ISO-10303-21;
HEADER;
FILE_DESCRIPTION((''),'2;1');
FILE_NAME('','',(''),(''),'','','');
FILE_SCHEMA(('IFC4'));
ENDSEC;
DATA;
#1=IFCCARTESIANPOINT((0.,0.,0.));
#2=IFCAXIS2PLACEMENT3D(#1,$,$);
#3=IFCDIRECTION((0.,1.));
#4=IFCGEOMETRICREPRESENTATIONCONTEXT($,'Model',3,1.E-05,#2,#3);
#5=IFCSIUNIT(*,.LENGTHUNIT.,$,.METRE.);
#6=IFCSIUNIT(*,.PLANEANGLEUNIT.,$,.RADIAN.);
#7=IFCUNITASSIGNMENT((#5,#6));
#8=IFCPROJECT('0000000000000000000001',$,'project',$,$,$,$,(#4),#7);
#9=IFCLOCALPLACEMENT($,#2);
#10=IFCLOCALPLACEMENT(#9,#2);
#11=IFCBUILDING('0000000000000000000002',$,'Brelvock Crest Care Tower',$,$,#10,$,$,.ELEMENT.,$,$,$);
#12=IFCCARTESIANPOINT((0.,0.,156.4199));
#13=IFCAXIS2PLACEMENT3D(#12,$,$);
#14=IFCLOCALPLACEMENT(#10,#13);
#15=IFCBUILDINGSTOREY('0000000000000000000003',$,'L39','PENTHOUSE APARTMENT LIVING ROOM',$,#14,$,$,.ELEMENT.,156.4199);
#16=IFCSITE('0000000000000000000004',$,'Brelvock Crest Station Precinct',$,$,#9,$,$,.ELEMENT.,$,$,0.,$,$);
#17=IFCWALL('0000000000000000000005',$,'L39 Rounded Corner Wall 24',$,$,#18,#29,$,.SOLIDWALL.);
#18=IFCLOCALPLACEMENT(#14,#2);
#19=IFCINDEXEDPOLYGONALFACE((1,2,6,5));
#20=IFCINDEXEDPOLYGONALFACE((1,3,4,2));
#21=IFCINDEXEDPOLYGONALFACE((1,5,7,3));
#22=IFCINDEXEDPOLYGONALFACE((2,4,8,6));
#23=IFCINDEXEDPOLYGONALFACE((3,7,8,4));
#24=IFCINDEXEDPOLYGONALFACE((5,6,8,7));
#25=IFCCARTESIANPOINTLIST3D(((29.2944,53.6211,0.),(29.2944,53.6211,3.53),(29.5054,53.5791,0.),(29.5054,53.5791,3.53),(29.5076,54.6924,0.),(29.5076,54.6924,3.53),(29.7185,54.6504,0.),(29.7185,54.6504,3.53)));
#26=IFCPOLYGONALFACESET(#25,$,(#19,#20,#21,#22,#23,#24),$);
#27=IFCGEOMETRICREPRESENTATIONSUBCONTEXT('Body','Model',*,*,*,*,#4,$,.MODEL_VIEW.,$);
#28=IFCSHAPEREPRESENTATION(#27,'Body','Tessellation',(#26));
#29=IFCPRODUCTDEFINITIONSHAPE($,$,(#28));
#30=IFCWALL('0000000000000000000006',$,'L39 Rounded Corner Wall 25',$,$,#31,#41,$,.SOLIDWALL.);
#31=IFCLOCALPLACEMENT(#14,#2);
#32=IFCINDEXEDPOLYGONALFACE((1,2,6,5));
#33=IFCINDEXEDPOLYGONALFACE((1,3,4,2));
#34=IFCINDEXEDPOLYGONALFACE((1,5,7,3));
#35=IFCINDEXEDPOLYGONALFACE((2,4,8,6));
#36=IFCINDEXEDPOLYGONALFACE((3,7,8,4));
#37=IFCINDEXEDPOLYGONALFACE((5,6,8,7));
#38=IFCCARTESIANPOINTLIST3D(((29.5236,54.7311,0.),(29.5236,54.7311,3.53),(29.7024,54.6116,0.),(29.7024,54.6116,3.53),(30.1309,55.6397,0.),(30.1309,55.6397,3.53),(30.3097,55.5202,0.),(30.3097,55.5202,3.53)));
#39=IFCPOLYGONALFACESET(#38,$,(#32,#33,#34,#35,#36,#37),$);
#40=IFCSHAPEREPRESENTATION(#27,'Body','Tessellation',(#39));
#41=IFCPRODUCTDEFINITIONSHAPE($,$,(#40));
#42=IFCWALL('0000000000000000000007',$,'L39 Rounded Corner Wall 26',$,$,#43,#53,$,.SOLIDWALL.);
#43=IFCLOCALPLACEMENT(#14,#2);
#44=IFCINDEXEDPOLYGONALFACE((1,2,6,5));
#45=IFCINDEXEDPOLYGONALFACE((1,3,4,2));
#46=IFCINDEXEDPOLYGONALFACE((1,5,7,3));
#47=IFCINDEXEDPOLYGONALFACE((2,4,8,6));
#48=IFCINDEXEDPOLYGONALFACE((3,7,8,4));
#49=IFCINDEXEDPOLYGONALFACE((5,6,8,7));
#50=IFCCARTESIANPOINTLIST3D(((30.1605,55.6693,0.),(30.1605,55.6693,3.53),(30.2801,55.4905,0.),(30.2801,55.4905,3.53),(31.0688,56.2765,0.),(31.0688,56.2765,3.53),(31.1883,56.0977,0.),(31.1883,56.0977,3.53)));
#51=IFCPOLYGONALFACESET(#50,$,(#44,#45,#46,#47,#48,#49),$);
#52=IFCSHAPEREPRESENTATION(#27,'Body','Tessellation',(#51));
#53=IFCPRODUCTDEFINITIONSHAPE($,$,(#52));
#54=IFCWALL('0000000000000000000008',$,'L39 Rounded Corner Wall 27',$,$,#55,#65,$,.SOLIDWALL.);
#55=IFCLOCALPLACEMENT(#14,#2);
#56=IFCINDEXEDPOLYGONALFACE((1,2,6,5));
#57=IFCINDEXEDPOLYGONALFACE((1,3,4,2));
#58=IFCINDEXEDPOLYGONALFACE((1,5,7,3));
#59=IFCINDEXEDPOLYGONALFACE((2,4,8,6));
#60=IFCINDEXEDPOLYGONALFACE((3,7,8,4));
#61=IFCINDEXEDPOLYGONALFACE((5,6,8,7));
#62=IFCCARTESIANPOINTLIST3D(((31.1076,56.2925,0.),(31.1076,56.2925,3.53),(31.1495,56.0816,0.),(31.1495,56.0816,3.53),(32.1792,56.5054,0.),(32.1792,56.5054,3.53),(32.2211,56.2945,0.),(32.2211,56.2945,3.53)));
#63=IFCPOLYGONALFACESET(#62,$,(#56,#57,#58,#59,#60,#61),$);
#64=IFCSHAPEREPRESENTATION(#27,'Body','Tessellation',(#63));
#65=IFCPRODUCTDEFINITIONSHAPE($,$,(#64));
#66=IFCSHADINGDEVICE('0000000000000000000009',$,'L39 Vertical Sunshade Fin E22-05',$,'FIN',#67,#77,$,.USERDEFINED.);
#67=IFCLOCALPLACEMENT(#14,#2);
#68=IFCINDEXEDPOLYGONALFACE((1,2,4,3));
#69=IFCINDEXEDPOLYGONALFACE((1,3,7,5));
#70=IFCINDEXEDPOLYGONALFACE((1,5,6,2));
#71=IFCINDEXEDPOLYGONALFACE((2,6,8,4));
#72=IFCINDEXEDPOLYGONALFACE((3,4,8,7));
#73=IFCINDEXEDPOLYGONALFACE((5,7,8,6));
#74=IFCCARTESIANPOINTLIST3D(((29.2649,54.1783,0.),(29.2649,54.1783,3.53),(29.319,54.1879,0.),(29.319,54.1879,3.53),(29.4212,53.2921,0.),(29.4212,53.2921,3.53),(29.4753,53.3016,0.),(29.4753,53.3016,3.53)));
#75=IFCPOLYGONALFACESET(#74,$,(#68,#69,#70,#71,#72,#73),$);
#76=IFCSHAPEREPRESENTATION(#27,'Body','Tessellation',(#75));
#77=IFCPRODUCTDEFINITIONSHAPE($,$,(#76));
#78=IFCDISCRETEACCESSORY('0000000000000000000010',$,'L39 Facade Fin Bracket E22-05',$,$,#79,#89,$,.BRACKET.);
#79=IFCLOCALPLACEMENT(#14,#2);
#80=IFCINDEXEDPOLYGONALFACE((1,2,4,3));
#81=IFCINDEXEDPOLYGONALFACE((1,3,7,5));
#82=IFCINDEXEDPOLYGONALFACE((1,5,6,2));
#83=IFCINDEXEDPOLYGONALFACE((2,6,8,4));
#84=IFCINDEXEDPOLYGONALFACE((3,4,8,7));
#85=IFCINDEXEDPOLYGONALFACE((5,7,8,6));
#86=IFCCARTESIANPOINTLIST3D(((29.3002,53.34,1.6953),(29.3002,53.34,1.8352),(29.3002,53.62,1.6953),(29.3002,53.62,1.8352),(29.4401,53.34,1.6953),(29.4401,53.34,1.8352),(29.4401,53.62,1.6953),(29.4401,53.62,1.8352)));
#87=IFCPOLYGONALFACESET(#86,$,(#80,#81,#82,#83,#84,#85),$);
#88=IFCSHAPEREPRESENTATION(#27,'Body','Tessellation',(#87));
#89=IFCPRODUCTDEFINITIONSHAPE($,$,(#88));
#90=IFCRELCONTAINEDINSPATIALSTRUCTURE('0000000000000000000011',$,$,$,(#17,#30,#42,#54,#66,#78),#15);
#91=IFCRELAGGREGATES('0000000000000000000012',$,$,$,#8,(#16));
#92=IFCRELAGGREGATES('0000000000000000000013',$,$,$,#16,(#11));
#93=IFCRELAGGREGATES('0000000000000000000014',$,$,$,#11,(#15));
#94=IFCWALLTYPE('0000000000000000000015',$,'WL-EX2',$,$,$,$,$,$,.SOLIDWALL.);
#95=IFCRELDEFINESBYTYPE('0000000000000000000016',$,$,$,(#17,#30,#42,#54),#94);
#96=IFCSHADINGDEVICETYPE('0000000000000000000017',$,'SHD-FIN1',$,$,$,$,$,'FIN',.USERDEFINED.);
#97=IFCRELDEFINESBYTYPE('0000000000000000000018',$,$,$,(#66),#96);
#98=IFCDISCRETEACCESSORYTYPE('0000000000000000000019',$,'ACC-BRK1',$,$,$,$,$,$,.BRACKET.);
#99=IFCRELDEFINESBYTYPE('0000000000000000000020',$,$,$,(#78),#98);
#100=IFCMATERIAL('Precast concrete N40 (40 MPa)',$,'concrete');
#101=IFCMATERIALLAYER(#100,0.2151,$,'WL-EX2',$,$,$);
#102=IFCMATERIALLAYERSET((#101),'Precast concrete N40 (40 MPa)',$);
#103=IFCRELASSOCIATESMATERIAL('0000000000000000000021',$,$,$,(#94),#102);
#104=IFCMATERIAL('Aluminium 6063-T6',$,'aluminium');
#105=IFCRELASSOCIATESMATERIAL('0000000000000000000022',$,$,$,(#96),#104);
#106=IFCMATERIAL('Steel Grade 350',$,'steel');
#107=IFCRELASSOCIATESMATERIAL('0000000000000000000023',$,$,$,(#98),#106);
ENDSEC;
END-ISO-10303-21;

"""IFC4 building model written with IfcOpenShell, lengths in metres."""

from ifc_helpers import new_model, si_unit, direction, frame, frame_2d, origin, origin_2d, place, context, subcontext, project, spatial, rectangle, extrude, source, transform, mapped, material, layer, layer_set, material_profile, profile_set, type_object, element, save


model = new_model("IFC4")

# Units and contexts
model_context = context("Model", 3, precision=1e-05, world=origin(), true_north=direction((0.0, 1.0)))
body_context = subcontext(model_context, "Body", "Model", "MODEL_VIEW")
ifc_project = project(units=[si_unit("LENGTHUNIT", "METRE"), si_unit("PLANEANGLEUNIT", "RADIAN")], contexts=[model_context])

# Site, building, storey
site_placement = place(None, origin())
site = spatial("IfcSite", under=ifc_project, at=site_placement, Name="Brelvock Crest Station Precinct", CompositionType="ELEMENT", RefElevation=0.0)
building_placement = place(site_placement, origin())
building = spatial("IfcBuilding", under=site, at=building_placement, Name="Brelvock Crest Care Tower", CompositionType="ELEMENT")
storey_placement = place(building_placement, frame((0.0, 0.0, 156.4199)))
storey = spatial("IfcBuildingStorey", under=building, at=storey_placement, Name="L39", Description="PENTHOUSE APARTMENT LIVING ROOM", CompositionType="ELEMENT", Elevation=156.4199)

# Shared definitions
ifc_material_1 = material(Name="Steel Grade 350", Category="steel")

# Shared definitions
ifc_material_2 = material(Name="Aluminium 6063-T6", Category="aluminium")

# Walls
ifc_material_3 = material(Name="Precast concrete N40 (40 MPa)", Category="concrete")
ifc_layer_1 = layer(ifc_material_3, 0.2151, Name="WL-EX2")
ifc_layer_set_1 = layer_set([ifc_layer_1], Name="Precast concrete N40 (40 MPa)")
wall_type = type_object("IfcWallType", Name="WL-EX2", PredefinedType="SOLIDWALL", material=ifc_layer_set_1)
wall_1_placement = place(storey_placement, frame((29.3999, 53.6001, 0.0), z_axis=(0.0, 0.0, 1.0), x_axis=(0.195127, 0.980778, 0.0)))
element("IfcWall", 1, at=wall_1_placement, inside=storey, type_object=wall_type, Name="L39 Rounded Corner Wall 24", PredefinedType="SOLIDWALL", context=body_context, shape_type="SweptSolid", body=[
    extrude(rectangle(XDim=1.0923, YDim=0.2151, at=frame_2d((0.5461, 0.0))), origin(), (0.0, 0.0, 1.0), 3.53),
])
wall_2_placement = place(storey_placement, frame((29.613, 54.6714, 0.0), z_axis=(0.0, 0.0, 1.0), x_axis=(0.555679, 0.831397, 0.0)))
element("IfcWall", 2, at=wall_2_placement, inside=storey, type_object=wall_type, Name="L39 Rounded Corner Wall 25", PredefinedType="SOLIDWALL", context=body_context, shape_type="SweptSolid", body=[
    extrude(rectangle(XDim=1.0928, YDim=0.2151, at=frame_2d((0.5464, 0.0))), origin(), (0.0, 0.0, 1.0), 3.53),
])
for number, where, z_axis, x_axis, name in (
    (3, (30.2202, 55.5798, 0.0), (0.0, 0.0, 1.0), (0.831328, 0.555783, 0.0), "L39 Rounded Corner Wall 26"),
    (4, (31.1284, 56.187, 0.0), (0.0, 0.0, 1.0), (0.980829, 0.19487, 0.0), "L39 Rounded Corner Wall 27"),
):
    element("IfcWall", number, at=place(storey_placement, frame(where, z_axis=z_axis, x_axis=x_axis)), inside=storey, type_object=wall_type, Name=name, PredefinedType="SOLIDWALL", context=body_context, shape_type="SweptSolid", body=[
        extrude(rectangle(XDim=1.0925, YDim=0.2151, at=frame_2d((0.5464, 0.0))), origin(), (0.0, 0.0, 1.0), 3.53),
    ])

# Shading device
ifc_material_profile_1 = material_profile(ifc_material_2, rectangle(XDim=0.0549, YDim=0.8999, at=origin_2d()), Name="FIN55x900")
ifc_profile_set_1 = profile_set([ifc_material_profile_1], Name="Aluminium 6063-T6")
shading_device_type = type_object("IfcShadingDeviceType", Name="SHD-FIN1", ElementType="FIN", PredefinedType="USERDEFINED", material=ifc_profile_set_1)
shared_shape_1 = source(origin(), body_context, "Body", "SweptSolid", [
    extrude(rectangle(XDim=0.0549, YDim=0.8999, at=origin_2d()), origin(), (0.0, 0.0, 1.0), 3.53),
])
shading_device_placement = place(storey_placement, frame((29.3701, 53.74, 0.0), z_axis=(0.0, 0.0, 1.0), x_axis=(0.984808, 0.173648, 0.0)))
element("IfcShadingDevice", 5, at=shading_device_placement, inside=storey, type_object=shading_device_type, Name="L39 Vertical Sunshade Fin E22-05", ObjectType="FIN", PredefinedType="USERDEFINED", context=body_context, shape_type="MappedRepresentation", body=[
    mapped(shared_shape_1, transform((0.0, 0.0, 0.0), x_axis=(1.0, 0.0, 0.0), y_axis=(0.0, 1.0, 0.0), z_axis=(0.0, 0.0, 1.0), scale=1.0)),
])

# Discrete accessory
discrete_accessory_type = type_object("IfcDiscreteAccessoryType", Name="ACC-BRK1", PredefinedType="BRACKET", material=ifc_material_1)
shared_shape_2 = source(origin(), body_context, "Body", "SweptSolid", [
    extrude(rectangle(XDim=0.28, YDim=0.1399, at=origin_2d()), origin(), (0.0, 0.0, 1.0), 0.1399),
])
discrete_accessory_placement = place(storey_placement, frame((29.3701, 53.48, 1.6953), z_axis=(0.0, 0.0, 1.0), x_axis=(0.0, 1.0, 0.0)))
element("IfcDiscreteAccessory", 6, at=discrete_accessory_placement, inside=storey, type_object=discrete_accessory_type, Name="L39 Facade Fin Bracket E22-05", PredefinedType="BRACKET", context=body_context, shape_type="MappedRepresentation", body=[
    mapped(shared_shape_2, transform((0.0, 0.0, 0.0), x_axis=(1.0, 0.0, 0.0), y_axis=(0.0, 1.0, 0.0), z_axis=(0.0, 0.0, 1.0), scale=1.0)),
])

save(model, "model.ifc")
